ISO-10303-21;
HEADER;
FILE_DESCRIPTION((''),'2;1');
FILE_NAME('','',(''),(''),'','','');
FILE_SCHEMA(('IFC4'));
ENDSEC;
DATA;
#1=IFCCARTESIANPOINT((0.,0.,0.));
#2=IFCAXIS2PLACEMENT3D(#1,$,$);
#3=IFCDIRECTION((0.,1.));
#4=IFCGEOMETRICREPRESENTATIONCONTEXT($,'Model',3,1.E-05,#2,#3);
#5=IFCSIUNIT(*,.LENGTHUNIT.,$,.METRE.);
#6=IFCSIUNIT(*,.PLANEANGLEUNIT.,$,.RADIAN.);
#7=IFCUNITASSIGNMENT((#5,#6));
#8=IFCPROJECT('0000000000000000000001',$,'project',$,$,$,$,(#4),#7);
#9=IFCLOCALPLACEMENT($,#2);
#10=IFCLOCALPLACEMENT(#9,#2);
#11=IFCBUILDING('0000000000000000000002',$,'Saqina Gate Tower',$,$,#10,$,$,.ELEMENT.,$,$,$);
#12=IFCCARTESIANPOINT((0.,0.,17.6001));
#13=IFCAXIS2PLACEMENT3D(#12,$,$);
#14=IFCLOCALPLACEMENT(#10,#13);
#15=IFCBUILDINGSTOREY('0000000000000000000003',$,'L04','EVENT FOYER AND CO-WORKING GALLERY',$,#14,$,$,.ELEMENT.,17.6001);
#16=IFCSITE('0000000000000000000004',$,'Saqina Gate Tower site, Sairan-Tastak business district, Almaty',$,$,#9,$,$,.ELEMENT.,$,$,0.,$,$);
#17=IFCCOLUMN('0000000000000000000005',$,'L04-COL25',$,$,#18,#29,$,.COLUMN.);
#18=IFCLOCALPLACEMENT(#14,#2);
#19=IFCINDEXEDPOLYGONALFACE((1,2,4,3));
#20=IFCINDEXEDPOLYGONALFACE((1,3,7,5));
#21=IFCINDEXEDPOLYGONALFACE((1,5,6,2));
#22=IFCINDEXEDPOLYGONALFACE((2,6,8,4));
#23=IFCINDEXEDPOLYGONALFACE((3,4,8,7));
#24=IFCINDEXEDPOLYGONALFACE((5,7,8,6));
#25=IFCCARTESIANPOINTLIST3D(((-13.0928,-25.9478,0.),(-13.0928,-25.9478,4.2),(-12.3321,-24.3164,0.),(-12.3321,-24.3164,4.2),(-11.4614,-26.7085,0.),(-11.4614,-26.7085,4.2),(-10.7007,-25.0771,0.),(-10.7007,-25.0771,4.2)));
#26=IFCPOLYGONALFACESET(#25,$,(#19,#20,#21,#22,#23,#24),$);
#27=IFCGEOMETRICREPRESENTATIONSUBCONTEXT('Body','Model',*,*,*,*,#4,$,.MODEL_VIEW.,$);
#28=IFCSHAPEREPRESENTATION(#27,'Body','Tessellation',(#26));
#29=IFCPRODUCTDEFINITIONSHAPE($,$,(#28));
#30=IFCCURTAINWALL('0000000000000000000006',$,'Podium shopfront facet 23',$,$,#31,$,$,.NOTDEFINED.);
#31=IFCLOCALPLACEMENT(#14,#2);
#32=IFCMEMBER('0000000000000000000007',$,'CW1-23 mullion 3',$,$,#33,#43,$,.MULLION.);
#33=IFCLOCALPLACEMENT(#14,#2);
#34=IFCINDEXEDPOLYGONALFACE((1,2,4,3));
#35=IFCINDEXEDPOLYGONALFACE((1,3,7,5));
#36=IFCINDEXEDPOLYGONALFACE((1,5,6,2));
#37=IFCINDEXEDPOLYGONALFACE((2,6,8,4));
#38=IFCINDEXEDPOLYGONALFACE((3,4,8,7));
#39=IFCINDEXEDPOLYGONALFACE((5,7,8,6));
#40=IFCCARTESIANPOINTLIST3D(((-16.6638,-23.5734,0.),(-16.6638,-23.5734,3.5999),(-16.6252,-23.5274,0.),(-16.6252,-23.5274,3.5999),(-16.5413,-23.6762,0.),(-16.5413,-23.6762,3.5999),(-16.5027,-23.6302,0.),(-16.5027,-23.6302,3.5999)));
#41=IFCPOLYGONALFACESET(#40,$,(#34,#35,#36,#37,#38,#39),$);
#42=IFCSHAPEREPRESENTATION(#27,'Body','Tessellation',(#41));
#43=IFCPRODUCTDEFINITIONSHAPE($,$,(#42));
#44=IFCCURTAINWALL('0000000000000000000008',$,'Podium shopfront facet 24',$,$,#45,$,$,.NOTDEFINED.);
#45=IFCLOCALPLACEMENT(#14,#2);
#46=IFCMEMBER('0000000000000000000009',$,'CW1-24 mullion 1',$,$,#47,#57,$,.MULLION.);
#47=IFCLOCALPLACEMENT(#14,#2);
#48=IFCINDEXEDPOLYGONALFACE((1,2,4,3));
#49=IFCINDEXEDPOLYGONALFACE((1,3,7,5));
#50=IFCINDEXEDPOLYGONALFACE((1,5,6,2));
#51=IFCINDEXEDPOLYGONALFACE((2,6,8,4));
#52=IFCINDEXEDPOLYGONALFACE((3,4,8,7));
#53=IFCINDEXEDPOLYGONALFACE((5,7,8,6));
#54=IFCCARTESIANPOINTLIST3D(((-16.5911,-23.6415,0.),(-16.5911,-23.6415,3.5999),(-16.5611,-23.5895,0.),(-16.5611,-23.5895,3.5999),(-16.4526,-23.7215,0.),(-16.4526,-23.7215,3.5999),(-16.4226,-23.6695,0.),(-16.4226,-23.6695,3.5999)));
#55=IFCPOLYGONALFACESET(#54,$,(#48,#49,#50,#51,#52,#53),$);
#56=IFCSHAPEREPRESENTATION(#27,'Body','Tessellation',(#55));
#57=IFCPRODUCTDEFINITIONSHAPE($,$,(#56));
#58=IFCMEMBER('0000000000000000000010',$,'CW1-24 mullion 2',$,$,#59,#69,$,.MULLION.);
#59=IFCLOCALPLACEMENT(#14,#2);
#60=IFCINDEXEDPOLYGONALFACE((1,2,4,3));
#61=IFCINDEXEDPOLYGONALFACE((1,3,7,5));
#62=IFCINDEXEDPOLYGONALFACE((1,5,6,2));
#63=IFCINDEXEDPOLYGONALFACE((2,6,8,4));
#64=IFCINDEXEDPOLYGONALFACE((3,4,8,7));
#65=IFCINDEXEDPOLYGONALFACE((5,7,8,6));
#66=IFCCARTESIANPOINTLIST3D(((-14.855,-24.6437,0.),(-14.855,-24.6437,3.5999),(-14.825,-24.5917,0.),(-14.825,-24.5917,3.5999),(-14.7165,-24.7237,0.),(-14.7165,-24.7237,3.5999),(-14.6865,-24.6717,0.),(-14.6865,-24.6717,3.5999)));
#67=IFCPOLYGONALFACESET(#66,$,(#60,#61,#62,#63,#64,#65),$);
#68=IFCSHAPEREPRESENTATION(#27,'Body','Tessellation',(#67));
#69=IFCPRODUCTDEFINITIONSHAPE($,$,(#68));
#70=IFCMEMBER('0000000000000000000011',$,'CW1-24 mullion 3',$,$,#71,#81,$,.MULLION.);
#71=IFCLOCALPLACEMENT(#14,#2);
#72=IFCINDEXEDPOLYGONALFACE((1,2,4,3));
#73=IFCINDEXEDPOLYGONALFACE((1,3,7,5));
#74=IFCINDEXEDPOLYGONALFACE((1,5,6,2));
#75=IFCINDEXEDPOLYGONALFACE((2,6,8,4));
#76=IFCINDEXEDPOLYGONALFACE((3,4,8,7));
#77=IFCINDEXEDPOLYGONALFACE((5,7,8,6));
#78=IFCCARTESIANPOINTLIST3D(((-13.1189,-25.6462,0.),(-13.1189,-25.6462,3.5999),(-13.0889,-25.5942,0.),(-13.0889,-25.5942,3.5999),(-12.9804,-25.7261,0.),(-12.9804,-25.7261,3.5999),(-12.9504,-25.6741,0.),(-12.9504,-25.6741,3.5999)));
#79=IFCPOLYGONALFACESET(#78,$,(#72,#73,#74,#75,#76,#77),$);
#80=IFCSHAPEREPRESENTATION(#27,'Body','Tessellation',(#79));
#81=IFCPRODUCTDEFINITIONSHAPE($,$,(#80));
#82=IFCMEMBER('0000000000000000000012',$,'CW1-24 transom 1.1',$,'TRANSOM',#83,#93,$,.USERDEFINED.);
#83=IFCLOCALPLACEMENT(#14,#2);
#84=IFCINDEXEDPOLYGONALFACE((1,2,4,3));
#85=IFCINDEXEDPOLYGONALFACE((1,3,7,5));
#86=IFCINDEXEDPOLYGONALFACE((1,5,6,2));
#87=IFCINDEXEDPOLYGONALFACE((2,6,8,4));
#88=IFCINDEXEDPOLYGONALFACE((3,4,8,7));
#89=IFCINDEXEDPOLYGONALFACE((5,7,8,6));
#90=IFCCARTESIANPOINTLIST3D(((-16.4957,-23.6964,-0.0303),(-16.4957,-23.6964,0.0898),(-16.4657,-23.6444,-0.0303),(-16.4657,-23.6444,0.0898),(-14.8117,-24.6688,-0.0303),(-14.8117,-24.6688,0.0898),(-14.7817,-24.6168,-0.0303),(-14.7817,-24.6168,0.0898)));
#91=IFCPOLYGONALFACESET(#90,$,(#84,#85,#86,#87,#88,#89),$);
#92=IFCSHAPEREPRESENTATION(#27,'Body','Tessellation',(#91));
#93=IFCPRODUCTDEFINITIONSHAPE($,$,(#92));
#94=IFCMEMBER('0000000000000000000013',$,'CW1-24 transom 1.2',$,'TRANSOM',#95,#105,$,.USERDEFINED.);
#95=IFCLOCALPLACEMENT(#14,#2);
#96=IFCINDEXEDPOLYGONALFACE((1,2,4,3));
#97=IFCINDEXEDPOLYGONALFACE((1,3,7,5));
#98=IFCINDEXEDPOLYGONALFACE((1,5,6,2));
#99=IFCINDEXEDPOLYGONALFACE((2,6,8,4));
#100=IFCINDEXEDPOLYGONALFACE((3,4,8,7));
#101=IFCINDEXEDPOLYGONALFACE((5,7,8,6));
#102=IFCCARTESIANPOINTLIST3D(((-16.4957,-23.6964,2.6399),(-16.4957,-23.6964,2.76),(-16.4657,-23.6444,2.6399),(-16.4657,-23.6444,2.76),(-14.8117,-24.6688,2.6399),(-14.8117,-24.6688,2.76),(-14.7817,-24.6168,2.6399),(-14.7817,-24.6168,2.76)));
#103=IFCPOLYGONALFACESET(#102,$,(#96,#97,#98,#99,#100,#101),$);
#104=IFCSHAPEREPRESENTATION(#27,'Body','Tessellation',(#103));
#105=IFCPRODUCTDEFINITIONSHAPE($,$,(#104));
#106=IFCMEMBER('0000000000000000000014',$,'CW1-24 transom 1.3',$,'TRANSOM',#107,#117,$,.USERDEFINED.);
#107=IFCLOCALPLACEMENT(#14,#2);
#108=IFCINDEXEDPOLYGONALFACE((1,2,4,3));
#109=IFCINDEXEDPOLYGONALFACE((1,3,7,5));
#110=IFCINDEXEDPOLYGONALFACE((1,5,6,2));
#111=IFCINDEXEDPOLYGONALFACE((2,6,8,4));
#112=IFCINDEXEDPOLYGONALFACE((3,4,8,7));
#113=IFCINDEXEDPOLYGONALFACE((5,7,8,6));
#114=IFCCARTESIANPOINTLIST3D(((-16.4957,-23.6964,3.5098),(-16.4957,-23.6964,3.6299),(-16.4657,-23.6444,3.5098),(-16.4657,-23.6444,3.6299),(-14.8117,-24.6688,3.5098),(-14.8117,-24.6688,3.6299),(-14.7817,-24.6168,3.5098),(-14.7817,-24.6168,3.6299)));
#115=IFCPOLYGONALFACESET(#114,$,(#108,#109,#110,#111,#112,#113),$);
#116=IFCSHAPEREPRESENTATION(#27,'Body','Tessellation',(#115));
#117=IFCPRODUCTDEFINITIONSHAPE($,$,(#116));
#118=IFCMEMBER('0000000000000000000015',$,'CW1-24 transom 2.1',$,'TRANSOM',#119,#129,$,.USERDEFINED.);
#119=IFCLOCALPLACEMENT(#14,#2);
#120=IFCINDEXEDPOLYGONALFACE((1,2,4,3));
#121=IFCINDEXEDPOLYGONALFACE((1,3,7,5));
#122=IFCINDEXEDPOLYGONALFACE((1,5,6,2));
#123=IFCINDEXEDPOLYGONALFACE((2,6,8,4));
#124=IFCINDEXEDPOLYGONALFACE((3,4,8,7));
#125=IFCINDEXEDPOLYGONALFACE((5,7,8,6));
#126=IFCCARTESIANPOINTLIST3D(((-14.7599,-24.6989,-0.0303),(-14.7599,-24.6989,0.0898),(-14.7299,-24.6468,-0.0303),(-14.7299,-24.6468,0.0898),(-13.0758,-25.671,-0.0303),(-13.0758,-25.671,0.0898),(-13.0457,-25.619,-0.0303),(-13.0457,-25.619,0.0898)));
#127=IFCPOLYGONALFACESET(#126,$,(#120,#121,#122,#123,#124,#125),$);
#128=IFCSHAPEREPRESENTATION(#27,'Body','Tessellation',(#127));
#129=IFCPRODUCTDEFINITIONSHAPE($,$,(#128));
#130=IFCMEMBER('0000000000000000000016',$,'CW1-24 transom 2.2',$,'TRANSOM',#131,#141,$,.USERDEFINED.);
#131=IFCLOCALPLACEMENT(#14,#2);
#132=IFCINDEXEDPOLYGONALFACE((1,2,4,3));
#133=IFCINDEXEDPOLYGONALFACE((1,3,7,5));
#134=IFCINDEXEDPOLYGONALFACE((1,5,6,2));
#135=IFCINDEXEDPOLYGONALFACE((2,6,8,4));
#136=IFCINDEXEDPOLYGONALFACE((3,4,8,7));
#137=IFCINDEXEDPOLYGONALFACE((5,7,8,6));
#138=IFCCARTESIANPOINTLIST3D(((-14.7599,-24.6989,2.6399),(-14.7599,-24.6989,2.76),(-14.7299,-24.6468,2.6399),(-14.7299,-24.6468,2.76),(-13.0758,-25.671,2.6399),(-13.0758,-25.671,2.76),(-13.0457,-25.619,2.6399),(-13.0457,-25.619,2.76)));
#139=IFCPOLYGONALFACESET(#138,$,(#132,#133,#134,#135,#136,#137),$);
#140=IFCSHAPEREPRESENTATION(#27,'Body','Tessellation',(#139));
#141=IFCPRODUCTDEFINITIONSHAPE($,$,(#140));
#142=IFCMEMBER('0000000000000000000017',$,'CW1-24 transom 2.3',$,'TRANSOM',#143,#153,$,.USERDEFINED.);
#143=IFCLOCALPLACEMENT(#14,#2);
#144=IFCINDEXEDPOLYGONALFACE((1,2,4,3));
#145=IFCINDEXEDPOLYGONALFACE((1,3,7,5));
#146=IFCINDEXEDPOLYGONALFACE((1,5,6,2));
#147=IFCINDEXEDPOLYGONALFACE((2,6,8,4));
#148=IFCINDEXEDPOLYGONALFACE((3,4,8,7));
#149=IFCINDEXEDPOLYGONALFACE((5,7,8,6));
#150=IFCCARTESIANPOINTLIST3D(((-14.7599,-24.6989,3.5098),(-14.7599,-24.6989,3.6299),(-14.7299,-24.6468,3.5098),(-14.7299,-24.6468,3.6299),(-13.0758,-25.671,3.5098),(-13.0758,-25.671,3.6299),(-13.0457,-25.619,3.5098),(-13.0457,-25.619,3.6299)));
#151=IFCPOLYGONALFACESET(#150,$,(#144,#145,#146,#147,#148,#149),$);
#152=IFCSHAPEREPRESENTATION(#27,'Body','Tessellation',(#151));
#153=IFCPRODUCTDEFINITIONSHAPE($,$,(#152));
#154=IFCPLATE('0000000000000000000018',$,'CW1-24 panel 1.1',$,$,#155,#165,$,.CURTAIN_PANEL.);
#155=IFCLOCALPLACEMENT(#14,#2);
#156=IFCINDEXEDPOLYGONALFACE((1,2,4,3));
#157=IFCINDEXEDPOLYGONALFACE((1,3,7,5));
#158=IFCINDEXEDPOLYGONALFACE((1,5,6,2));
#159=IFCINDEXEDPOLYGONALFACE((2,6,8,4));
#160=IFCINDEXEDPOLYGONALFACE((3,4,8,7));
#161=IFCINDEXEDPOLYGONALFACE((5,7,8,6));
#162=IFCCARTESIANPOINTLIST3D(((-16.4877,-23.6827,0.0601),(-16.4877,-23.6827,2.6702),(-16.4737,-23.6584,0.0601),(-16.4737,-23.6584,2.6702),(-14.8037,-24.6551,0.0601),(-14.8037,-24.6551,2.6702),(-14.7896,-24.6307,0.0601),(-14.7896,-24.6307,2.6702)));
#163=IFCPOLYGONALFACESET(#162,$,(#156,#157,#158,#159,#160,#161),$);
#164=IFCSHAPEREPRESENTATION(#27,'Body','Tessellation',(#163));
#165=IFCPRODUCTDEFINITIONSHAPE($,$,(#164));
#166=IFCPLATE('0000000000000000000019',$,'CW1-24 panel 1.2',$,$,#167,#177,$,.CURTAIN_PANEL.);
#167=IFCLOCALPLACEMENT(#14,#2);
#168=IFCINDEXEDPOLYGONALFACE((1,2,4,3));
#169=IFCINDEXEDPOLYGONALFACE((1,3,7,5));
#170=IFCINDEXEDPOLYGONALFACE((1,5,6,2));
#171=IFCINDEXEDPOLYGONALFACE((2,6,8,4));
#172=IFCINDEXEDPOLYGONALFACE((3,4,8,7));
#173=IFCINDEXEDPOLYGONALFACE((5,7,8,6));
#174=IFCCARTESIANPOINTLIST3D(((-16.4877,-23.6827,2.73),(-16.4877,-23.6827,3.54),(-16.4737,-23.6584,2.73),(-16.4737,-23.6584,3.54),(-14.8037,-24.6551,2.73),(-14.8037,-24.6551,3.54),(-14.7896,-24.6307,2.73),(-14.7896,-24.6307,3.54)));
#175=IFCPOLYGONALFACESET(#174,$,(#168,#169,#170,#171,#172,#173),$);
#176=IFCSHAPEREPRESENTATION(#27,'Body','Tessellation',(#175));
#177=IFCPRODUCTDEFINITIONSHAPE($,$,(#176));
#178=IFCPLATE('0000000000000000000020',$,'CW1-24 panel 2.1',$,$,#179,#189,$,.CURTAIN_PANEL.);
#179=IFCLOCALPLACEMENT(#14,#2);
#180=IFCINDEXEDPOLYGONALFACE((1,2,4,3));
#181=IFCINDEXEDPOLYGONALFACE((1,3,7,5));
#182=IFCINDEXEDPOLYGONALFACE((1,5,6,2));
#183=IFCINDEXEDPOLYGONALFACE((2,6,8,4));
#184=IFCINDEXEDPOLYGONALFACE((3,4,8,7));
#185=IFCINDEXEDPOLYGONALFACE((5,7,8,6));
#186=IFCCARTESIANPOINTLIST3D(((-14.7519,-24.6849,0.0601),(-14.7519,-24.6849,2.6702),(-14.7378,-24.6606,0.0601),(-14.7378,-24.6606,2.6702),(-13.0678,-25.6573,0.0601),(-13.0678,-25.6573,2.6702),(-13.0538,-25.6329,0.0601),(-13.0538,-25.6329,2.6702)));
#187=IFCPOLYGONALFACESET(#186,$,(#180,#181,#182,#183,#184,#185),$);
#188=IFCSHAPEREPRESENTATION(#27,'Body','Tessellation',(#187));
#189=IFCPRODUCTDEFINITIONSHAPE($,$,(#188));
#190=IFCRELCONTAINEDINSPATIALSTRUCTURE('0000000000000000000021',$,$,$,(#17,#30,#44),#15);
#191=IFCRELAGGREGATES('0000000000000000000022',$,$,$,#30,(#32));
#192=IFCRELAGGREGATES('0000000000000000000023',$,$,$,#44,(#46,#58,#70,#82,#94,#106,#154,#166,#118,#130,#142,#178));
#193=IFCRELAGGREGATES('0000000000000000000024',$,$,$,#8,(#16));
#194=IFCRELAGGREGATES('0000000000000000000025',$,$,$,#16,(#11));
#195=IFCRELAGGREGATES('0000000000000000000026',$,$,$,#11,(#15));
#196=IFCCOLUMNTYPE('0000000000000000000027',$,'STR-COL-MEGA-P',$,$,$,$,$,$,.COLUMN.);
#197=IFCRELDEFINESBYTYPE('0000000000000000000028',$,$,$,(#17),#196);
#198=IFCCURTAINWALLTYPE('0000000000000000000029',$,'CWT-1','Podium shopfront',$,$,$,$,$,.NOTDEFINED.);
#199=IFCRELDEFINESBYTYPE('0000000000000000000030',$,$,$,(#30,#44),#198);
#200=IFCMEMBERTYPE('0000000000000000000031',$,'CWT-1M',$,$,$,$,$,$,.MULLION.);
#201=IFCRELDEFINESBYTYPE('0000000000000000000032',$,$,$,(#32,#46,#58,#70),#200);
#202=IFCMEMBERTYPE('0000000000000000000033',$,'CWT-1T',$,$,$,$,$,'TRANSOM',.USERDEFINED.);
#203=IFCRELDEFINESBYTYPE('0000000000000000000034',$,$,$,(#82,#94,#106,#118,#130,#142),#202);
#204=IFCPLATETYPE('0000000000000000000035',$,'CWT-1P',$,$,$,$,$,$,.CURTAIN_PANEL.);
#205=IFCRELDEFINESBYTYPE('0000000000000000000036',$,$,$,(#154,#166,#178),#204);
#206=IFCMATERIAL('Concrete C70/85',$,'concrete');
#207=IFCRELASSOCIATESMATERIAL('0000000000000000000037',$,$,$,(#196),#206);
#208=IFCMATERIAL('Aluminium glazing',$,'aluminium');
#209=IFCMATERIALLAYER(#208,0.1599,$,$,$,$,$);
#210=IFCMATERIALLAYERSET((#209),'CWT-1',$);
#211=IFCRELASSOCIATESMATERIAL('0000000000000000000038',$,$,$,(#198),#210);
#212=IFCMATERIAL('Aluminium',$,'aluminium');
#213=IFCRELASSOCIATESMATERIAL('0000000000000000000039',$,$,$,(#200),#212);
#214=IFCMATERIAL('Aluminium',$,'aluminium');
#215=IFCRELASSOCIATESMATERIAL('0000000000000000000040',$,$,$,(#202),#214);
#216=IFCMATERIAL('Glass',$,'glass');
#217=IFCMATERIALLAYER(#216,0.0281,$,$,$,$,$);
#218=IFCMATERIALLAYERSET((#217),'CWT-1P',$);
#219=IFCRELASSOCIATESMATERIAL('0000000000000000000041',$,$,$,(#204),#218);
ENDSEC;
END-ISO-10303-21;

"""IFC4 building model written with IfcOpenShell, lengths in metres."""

from ifc_helpers import new_model, si_unit, direction, frame, origin, origin_2d, place, context, subcontext, project, spatial, rectangle, extrude, material, layer, layer_set, material_profile, profile_set, type_object, element, aggregate, save


model = new_model("IFC4")

# Units and contexts
model_context = context("Model", 3, precision=1e-05, world=origin(), true_north=direction((0.0, 1.0)))
body_context = subcontext(model_context, "Body", "Model", "MODEL_VIEW")
ifc_project = project(units=[si_unit("LENGTHUNIT", "METRE"), si_unit("PLANEANGLEUNIT", "RADIAN")], contexts=[model_context])

# Site, building, storey
site_placement = place(None, origin())
site = spatial("IfcSite", under=ifc_project, at=site_placement, Name="Saqina Gate Tower site, Sairan-Tastak business district, Almaty", CompositionType="ELEMENT", RefElevation=0.0)
building_placement = place(site_placement, origin())
building = spatial("IfcBuilding", under=site, at=building_placement, Name="Saqina Gate Tower", CompositionType="ELEMENT")
storey_placement = place(building_placement, frame((0.0, 0.0, 17.6001)))
storey = spatial("IfcBuildingStorey", under=building, at=storey_placement, Name="L04", Description="EVENT FOYER AND CO-WORKING GALLERY", CompositionType="ELEMENT", Elevation=17.6001)

# Column
ifc_material_1 = material(Name="Concrete C70/85", Category="concrete")
ifc_material_profile_1 = material_profile(ifc_material_1, rectangle(XDim=1.8, YDim=1.8, at=origin_2d()), Name="RC 1800x1800")
ifc_profile_set_1 = profile_set([ifc_material_profile_1], Name="Concrete C70/85")
column_type = type_object("IfcColumnType", Name="STR-COL-MEGA-P", PredefinedType="COLUMN", material=ifc_profile_set_1)
column_placement = place(storey_placement, frame((-11.8967, -25.5125, 0.0), z_axis=(0.0, 0.0, 1.0), x_axis=(-0.422618, -0.906308, 0.0)))
element("IfcColumn", 1, at=column_placement, inside=storey, type_object=column_type, Name="L04-COL25", PredefinedType="COLUMN", context=body_context, shape_type="SweptSolid", body=[
    extrude(rectangle(XDim=1.8, YDim=1.8, at=origin_2d()), origin(), (0.0, 0.0, 1.0), 4.2),
])

# Curtain wall, member
ifc_material_2 = material(Name="Aluminium glazing", Category="aluminium")
ifc_layer_1 = layer(ifc_material_2, 0.1599)
ifc_layer_set_1 = layer_set([ifc_layer_1], Name="CWT-1")
curtain_wall_type = type_object("IfcCurtainWallType", Name="CWT-1", Description="Podium shopfront", PredefinedType="NOTDEFINED", material=ifc_layer_set_1)
curtain_wall_1_placement = place(storey_placement, origin())
curtain_wall_1 = element("IfcCurtainWall", 2, at=curtain_wall_1_placement, inside=storey, type_object=curtain_wall_type, Name="Podium shopfront facet 23", PredefinedType="NOTDEFINED")
ifc_material_3 = material(Name="Aluminium", Category="aluminium")
ifc_material_profile_2 = material_profile(ifc_material_3, rectangle(XDim=0.0601, YDim=0.1599, at=origin_2d()), Name="Aluminium 60x160")
ifc_profile_set_2 = profile_set([ifc_material_profile_2], Name="Aluminium")
member_type_1 = type_object("IfcMemberType", Name="CWT-1M", PredefinedType="MULLION", material=ifc_profile_set_2)
member_1_placement = place(storey_placement, frame((-16.5833, -23.6018, 0.0), z_axis=(0.0, 0.0, 1.0), x_axis=(0.642779, 0.766051, 0.0)))
member_1 = element("IfcMember", 3, at=member_1_placement, type_object=member_type_1, Name="CW1-23 mullion 3", PredefinedType="MULLION", context=body_context, shape_type="SweptSolid", body=[
    extrude(rectangle(XDim=0.0601, YDim=0.1599, at=origin_2d()), origin(), (0.0, 0.0, 1.0), 3.5999),
])
aggregate(curtain_wall_1, [member_1])

# Curtain wall, members
curtain_wall_2_placement = place(storey_placement, origin())
curtain_wall_2 = element("IfcCurtainWall", 4, at=curtain_wall_2_placement, inside=storey, type_object=curtain_wall_type, Name="Podium shopfront facet 24", PredefinedType="NOTDEFINED")
member_2_placement = place(storey_placement, frame((-16.5068, -23.6555, 0.0), z_axis=(0.0, 0.0, 1.0), x_axis=(0.500014, 0.866017, 0.0)))
member_2 = element("IfcMember", 5, at=member_2_placement, type_object=member_type_1, Name="CW1-24 mullion 1", PredefinedType="MULLION", context=body_context, shape_type="SweptSolid", body=[
    extrude(rectangle(XDim=0.0601, YDim=0.1599, at=origin_2d()), origin(), (0.0, 0.0, 1.0), 3.5999),
])
member_3_placement = place(storey_placement, frame((-14.7708, -24.6577, 0.0), z_axis=(0.0, 0.0, 1.0), x_axis=(0.500014, 0.866017, 0.0)))
member_3 = element("IfcMember", 6, at=member_3_placement, type_object=member_type_1, Name="CW1-24 mullion 2", PredefinedType="MULLION", context=body_context, shape_type="SweptSolid", body=[
    extrude(rectangle(XDim=0.0601, YDim=0.1599, at=origin_2d()), origin(), (0.0, 0.0, 1.0), 3.5999),
])
member_4_placement = place(storey_placement, frame((-13.0347, -25.6602, 0.0), z_axis=(0.0, 0.0, 1.0), x_axis=(0.500014, 0.866017, 0.0)))
member_4 = element("IfcMember", 7, at=member_4_placement, type_object=member_type_1, Name="CW1-24 mullion 3", PredefinedType="MULLION", context=body_context, shape_type="SweptSolid", body=[
    extrude(rectangle(XDim=0.0601, YDim=0.1599, at=origin_2d()), origin(), (0.0, 0.0, 1.0), 3.5999),
])
ifc_material_4 = material(Name="Aluminium", Category="aluminium")
ifc_material_profile_3 = material_profile(ifc_material_4, rectangle(XDim=0.0601, YDim=0.1201, at=origin_2d()), Name="Aluminium 60x120")
ifc_profile_set_3 = profile_set([ifc_material_profile_3], Name="Aluminium")
member_type_2 = type_object("IfcMemberType", Name="CWT-1T", ElementType="TRANSOM", PredefinedType="USERDEFINED", material=ifc_profile_set_3)
member_5_placement = place(storey_placement, frame((-16.4807, -23.6704, 0.0298), z_axis=(0.866002, -0.500041, 0.0), x_axis=(0.500041, 0.866002, 0.0)))
member_5 = element("IfcMember", 8, at=member_5_placement, type_object=member_type_2, Name="CW1-24 transom 1.1", ObjectType="TRANSOM", PredefinedType="USERDEFINED", context=body_context, shape_type="SweptSolid", body=[
    extrude(rectangle(XDim=0.0601, YDim=0.1201, at=origin_2d()), origin(), (0.0, 0.0, 1.0), 1.9446),
])
member_6_placement = place(storey_placement, frame((-16.4807, -23.6704, 2.7), z_axis=(0.866002, -0.500041, 0.0), x_axis=(0.500041, 0.866002, 0.0)))
member_6 = element("IfcMember", 9, at=member_6_placement, type_object=member_type_2, Name="CW1-24 transom 1.2", ObjectType="TRANSOM", PredefinedType="USERDEFINED", context=body_context, shape_type="SweptSolid", body=[
    extrude(rectangle(XDim=0.0601, YDim=0.1201, at=origin_2d()), origin(), (0.0, 0.0, 1.0), 1.9446),
])
member_7_placement = place(storey_placement, frame((-16.4807, -23.6704, 3.5698), z_axis=(0.866002, -0.500041, 0.0), x_axis=(0.500041, 0.866002, 0.0)))
member_7 = element("IfcMember", 10, at=member_7_placement, type_object=member_type_2, Name="CW1-24 transom 1.3", ObjectType="TRANSOM", PredefinedType="USERDEFINED", context=body_context, shape_type="SweptSolid", body=[
    extrude(rectangle(XDim=0.0601, YDim=0.1201, at=origin_2d()), origin(), (0.0, 0.0, 1.0), 1.9446),
])
member_8_placement = place(storey_placement, frame((-14.7449, -24.6729, 0.0298), z_axis=(0.866056, -0.499947, 0.0), x_axis=(0.499947, 0.866056, 0.0)))
member_8 = element("IfcMember", 11, at=member_8_placement, type_object=member_type_2, Name="CW1-24 transom 2.1", ObjectType="TRANSOM", PredefinedType="USERDEFINED", context=body_context, shape_type="SweptSolid", body=[
    extrude(rectangle(XDim=0.0601, YDim=0.1201, at=origin_2d()), origin(), (0.0, 0.0, 1.0), 1.9446),
])
member_9_placement = place(storey_placement, frame((-14.7449, -24.6729, 2.7), z_axis=(0.866056, -0.499947, 0.0), x_axis=(0.499947, 0.866056, 0.0)))
member_9 = element("IfcMember", 12, at=member_9_placement, type_object=member_type_2, Name="CW1-24 transom 2.2", ObjectType="TRANSOM", PredefinedType="USERDEFINED", context=body_context, shape_type="SweptSolid", body=[
    extrude(rectangle(XDim=0.0601, YDim=0.1201, at=origin_2d()), origin(), (0.0, 0.0, 1.0), 1.9446),
])
member_10_placement = place(storey_placement, frame((-14.7449, -24.6729, 3.5698), z_axis=(0.866056, -0.499947, 0.0), x_axis=(0.499947, 0.866056, 0.0)))
member_10 = element("IfcMember", 13, at=member_10_placement, type_object=member_type_2, Name="CW1-24 transom 2.3", ObjectType="TRANSOM", PredefinedType="USERDEFINED", context=body_context, shape_type="SweptSolid", body=[
    extrude(rectangle(XDim=0.0601, YDim=0.1201, at=origin_2d()), origin(), (0.0, 0.0, 1.0), 1.9446),
])

# Plates
ifc_material_5 = material(Name="Glass", Category="glass")
ifc_layer_2 = layer(ifc_material_5, 0.0281)
ifc_layer_set_2 = layer_set([ifc_layer_2], Name="CWT-1P")
plate_type = type_object("IfcPlateType", Name="CWT-1P", PredefinedType="CURTAIN_PANEL", material=ifc_layer_set_2)
plate_1_placement = place(storey_placement, frame((-15.6387, -24.1567, 0.0601), z_axis=(0.0, 0.0, 1.0), x_axis=(0.866017, -0.500014, 0.0)))
plate_1 = element("IfcPlate", 14, at=plate_1_placement, type_object=plate_type, Name="CW1-24 panel 1.1", PredefinedType="CURTAIN_PANEL", context=body_context, shape_type="SweptSolid", body=[
    extrude(rectangle(XDim=1.9446, YDim=0.0281, at=origin_2d()), origin(), (0.0, 0.0, 1.0), 2.6101),
])
plate_2_placement = place(storey_placement, frame((-15.6387, -24.1567, 2.73), z_axis=(0.0, 0.0, 1.0), x_axis=(0.866017, -0.500014, 0.0)))
plate_2 = element("IfcPlate", 15, at=plate_2_placement, type_object=plate_type, Name="CW1-24 panel 1.2", PredefinedType="CURTAIN_PANEL", context=body_context, shape_type="SweptSolid", body=[
    extrude(rectangle(XDim=1.9446, YDim=0.0281, at=origin_2d()), origin(), (0.0, 0.0, 1.0), 0.8101),
])
plate_3_placement = place(storey_placement, frame((-13.9028, -25.1589, 0.0601), z_axis=(0.0, 0.0, 1.0), x_axis=(0.866017, -0.500014, 0.0)))
plate_3 = element("IfcPlate", 16, at=plate_3_placement, type_object=plate_type, Name="CW1-24 panel 2.1", PredefinedType="CURTAIN_PANEL", context=body_context, shape_type="SweptSolid", body=[
    extrude(rectangle(XDim=1.9446, YDim=0.0281, at=origin_2d()), origin(), (0.0, 0.0, 1.0), 2.6101),
])
aggregate(curtain_wall_2, [member_2, member_3, member_4, member_5, member_6, member_7, plate_1, plate_2, member_8, member_9, member_10, plate_3])

save(model, "model.ifc")
